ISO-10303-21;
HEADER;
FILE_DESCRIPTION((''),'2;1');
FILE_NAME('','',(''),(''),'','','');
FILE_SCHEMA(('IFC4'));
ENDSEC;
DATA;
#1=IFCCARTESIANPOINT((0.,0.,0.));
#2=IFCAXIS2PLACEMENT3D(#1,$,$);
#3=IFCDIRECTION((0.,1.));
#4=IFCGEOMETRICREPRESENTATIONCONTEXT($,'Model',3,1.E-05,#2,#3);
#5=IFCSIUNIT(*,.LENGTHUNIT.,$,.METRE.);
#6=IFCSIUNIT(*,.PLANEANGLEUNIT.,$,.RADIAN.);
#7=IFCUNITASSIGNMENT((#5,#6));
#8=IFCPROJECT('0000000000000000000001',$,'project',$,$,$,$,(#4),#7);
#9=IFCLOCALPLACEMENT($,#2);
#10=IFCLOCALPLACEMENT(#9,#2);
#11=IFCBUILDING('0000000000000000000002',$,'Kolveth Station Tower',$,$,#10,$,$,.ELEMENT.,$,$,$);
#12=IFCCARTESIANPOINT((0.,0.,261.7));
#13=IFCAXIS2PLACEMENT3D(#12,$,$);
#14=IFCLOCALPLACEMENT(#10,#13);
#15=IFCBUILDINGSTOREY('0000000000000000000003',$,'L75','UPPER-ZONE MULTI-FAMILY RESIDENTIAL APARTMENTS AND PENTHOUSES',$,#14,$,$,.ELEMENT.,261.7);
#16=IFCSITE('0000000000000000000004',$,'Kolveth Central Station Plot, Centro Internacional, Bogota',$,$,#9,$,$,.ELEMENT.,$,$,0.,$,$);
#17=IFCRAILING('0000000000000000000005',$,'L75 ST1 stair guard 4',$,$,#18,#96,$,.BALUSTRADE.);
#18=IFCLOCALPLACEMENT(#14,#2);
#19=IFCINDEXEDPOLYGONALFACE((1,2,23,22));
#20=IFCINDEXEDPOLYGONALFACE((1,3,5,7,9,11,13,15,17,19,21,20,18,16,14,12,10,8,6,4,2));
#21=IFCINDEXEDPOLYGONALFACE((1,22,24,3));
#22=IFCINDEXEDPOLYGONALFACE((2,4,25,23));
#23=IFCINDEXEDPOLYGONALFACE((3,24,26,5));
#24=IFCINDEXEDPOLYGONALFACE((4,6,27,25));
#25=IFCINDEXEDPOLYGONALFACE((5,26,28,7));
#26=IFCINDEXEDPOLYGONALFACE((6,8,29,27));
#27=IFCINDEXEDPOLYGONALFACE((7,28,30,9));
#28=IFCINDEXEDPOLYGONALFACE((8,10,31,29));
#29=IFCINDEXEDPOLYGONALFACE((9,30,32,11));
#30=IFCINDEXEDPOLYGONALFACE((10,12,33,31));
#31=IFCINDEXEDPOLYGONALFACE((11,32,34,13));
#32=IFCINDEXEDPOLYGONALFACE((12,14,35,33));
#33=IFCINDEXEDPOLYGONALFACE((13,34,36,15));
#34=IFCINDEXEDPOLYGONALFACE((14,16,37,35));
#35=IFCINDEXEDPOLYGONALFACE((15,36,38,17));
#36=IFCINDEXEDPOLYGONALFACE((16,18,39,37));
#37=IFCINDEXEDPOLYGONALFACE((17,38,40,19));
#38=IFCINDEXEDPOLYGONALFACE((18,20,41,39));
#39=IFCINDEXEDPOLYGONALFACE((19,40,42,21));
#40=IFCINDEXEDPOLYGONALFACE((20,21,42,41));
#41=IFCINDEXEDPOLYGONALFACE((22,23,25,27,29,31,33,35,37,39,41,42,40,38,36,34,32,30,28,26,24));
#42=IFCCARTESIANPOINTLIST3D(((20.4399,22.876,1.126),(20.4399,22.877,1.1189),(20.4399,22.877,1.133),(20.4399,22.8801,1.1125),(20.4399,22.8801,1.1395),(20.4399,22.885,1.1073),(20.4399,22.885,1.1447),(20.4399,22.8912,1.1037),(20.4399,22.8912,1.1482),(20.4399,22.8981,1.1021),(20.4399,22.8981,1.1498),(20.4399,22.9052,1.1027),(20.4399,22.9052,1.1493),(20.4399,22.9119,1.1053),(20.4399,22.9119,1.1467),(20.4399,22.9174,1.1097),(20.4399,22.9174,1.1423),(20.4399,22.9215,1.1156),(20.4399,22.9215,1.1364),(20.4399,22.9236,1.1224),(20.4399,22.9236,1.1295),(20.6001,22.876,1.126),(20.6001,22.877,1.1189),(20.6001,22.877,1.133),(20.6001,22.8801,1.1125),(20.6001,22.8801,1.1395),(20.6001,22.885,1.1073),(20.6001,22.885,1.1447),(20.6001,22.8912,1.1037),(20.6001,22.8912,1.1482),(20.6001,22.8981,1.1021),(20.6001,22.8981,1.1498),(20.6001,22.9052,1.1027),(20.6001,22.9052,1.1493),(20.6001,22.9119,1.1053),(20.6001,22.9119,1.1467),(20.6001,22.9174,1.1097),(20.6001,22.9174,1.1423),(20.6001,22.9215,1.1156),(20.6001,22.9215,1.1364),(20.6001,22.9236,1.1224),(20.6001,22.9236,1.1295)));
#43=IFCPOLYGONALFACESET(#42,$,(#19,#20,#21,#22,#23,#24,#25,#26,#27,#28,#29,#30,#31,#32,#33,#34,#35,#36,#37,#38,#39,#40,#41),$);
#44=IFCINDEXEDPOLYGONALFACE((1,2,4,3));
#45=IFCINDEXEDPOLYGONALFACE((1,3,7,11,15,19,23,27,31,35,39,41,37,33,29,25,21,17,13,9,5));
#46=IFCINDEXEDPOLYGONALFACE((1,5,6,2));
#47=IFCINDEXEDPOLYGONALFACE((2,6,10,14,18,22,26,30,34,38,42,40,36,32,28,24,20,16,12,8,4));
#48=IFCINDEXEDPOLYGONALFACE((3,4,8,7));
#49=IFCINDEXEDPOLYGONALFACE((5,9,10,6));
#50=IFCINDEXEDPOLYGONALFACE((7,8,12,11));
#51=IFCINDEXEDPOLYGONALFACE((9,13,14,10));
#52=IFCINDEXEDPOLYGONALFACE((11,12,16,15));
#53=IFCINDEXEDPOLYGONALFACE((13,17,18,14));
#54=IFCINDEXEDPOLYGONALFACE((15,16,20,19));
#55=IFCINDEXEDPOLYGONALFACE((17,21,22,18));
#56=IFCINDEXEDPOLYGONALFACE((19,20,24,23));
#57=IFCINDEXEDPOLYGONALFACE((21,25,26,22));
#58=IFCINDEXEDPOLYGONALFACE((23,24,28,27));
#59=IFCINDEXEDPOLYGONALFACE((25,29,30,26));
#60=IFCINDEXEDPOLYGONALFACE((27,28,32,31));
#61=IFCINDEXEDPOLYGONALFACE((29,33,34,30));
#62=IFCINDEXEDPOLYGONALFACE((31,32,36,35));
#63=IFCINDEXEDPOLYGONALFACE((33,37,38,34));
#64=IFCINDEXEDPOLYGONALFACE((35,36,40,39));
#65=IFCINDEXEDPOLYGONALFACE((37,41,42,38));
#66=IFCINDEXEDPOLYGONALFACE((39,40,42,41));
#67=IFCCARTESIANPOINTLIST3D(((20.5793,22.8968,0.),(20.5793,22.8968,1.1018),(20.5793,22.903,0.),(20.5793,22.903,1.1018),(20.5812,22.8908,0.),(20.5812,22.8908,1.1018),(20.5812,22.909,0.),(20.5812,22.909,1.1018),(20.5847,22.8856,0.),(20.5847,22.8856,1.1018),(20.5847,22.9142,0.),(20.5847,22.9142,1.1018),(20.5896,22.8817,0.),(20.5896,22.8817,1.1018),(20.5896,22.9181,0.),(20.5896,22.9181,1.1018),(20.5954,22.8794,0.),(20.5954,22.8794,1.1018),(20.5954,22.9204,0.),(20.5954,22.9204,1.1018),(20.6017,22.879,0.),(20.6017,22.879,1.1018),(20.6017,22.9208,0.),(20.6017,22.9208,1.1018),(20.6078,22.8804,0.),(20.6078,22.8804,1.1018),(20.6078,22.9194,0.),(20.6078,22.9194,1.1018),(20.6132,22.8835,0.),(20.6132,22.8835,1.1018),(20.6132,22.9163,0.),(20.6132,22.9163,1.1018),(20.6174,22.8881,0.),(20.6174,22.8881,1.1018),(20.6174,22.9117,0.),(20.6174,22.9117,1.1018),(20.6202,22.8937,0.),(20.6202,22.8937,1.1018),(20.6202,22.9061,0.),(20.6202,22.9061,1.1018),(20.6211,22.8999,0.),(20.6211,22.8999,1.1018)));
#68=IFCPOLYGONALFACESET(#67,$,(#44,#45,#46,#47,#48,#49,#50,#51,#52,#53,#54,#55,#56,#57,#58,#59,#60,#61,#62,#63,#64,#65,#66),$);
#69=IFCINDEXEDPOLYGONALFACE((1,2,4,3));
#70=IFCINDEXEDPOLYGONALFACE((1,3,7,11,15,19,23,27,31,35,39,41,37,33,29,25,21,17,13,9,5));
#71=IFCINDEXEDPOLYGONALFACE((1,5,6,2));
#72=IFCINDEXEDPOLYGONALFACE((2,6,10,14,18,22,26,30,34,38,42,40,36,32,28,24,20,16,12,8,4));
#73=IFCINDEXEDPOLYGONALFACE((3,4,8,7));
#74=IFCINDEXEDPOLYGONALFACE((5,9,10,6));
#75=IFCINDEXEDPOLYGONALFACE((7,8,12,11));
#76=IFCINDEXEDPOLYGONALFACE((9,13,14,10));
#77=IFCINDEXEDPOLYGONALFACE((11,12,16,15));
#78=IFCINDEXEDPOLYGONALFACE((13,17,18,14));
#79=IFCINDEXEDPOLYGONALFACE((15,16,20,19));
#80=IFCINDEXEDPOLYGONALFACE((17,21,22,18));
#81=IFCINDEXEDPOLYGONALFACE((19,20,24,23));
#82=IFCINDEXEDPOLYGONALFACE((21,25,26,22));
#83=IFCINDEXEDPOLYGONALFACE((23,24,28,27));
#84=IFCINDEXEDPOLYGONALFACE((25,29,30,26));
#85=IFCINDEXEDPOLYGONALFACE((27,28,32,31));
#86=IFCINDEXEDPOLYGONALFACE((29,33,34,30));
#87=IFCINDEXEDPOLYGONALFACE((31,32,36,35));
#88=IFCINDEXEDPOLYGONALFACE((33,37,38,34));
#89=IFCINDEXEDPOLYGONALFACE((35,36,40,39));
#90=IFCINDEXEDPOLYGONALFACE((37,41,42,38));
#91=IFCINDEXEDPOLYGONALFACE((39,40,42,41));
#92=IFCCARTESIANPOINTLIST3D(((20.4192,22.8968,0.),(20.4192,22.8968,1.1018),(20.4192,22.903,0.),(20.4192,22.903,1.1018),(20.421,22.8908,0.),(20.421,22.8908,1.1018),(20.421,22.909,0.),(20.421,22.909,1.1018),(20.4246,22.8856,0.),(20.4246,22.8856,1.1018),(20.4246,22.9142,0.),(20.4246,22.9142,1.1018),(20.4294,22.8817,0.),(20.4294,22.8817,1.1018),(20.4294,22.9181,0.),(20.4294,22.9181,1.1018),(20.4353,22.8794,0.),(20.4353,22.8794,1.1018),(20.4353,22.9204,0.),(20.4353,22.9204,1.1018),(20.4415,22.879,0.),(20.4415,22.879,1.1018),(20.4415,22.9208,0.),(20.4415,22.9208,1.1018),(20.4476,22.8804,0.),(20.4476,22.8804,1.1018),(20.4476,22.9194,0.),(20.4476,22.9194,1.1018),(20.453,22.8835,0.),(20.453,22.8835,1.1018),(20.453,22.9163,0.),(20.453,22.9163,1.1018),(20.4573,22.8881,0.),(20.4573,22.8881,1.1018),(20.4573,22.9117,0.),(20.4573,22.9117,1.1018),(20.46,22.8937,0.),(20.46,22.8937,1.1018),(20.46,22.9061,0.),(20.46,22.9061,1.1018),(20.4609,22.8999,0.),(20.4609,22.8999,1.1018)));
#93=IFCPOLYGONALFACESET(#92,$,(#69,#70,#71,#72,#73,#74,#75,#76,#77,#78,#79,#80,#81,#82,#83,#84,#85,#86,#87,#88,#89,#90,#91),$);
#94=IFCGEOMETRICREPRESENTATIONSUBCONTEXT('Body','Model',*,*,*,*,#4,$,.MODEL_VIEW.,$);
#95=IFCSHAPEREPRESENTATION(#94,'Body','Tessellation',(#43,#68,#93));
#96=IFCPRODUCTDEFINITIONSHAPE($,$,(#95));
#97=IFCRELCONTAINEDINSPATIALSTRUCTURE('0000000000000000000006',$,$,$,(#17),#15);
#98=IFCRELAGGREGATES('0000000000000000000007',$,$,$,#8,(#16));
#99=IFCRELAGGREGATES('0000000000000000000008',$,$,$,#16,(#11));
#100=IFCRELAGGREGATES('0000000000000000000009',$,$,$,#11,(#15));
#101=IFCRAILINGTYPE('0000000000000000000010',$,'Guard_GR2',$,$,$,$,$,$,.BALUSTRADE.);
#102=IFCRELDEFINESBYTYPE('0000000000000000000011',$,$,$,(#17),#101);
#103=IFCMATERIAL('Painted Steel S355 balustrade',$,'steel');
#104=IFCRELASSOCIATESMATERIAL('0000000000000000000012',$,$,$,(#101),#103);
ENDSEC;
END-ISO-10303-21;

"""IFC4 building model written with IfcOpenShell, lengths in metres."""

from ifc_helpers import new_model, si_unit, direction, frame, origin, origin_2d, place, context, subcontext, project, spatial, circle, extrude, material, type_object, element, save


model = new_model("IFC4")

# Units and contexts
model_context = context("Model", 3, precision=1e-05, world=origin(), true_north=direction((0.0, 1.0)))
body_context = subcontext(model_context, "Body", "Model", "MODEL_VIEW")
ifc_project = project(units=[si_unit("LENGTHUNIT", "METRE"), si_unit("PLANEANGLEUNIT", "RADIAN")], contexts=[model_context])

# Site, building, storey
site_placement = place(None, origin())
site = spatial("IfcSite", under=ifc_project, at=site_placement, Name="Kolveth Central Station Plot, Centro Internacional, Bogota", CompositionType="ELEMENT", RefElevation=0.0)
building_placement = place(site_placement, origin())
building = spatial("IfcBuilding", under=site, at=building_placement, Name="Kolveth Station Tower", CompositionType="ELEMENT")
storey_placement = place(building_placement, frame((0.0, 0.0, 261.7)))
storey = spatial("IfcBuildingStorey", under=building, at=storey_placement, Name="L75", Description="UPPER-ZONE MULTI-FAMILY RESIDENTIAL APARTMENTS AND PENTHOUSES", CompositionType="ELEMENT", Elevation=261.7)

# Railing
ifc_material_1 = material(Name="Painted Steel S355 balustrade", Category="steel")
railing_type_1 = type_object("IfcRailingType", Name="Guard_GR2", PredefinedType="BALUSTRADE", material=ifc_material_1)
railing_1_placement = place(storey_placement, frame((20.6001, 22.8999, 0.0)))
element("IfcRailing", 1, at=railing_1_placement, inside=storey, type_object=railing_type_1, Name="L75 ST1 stair guard 4", PredefinedType="BALUSTRADE", context=body_context, shape_type="SweptSolid", body=[
    extrude(circle(Radius=0.0239, at=origin_2d()), frame((0.0, 0.0, 1.126), z_axis=(-1.0, 0.0, 0.0), x_axis=(0.0, -1.0, 0.0)), (0.0, 0.0, 1.0), 0.1602),
    extrude(circle(Radius=0.021, at=origin_2d()), origin(), (0.0, 0.0, 1.0), 1.1018),
    extrude(circle(Radius=0.021, at=origin_2d()), frame((-0.1602, 0.0, 0.0)), (0.0, 0.0, 1.0), 1.1018),
])

save(model, "model.ifc")
